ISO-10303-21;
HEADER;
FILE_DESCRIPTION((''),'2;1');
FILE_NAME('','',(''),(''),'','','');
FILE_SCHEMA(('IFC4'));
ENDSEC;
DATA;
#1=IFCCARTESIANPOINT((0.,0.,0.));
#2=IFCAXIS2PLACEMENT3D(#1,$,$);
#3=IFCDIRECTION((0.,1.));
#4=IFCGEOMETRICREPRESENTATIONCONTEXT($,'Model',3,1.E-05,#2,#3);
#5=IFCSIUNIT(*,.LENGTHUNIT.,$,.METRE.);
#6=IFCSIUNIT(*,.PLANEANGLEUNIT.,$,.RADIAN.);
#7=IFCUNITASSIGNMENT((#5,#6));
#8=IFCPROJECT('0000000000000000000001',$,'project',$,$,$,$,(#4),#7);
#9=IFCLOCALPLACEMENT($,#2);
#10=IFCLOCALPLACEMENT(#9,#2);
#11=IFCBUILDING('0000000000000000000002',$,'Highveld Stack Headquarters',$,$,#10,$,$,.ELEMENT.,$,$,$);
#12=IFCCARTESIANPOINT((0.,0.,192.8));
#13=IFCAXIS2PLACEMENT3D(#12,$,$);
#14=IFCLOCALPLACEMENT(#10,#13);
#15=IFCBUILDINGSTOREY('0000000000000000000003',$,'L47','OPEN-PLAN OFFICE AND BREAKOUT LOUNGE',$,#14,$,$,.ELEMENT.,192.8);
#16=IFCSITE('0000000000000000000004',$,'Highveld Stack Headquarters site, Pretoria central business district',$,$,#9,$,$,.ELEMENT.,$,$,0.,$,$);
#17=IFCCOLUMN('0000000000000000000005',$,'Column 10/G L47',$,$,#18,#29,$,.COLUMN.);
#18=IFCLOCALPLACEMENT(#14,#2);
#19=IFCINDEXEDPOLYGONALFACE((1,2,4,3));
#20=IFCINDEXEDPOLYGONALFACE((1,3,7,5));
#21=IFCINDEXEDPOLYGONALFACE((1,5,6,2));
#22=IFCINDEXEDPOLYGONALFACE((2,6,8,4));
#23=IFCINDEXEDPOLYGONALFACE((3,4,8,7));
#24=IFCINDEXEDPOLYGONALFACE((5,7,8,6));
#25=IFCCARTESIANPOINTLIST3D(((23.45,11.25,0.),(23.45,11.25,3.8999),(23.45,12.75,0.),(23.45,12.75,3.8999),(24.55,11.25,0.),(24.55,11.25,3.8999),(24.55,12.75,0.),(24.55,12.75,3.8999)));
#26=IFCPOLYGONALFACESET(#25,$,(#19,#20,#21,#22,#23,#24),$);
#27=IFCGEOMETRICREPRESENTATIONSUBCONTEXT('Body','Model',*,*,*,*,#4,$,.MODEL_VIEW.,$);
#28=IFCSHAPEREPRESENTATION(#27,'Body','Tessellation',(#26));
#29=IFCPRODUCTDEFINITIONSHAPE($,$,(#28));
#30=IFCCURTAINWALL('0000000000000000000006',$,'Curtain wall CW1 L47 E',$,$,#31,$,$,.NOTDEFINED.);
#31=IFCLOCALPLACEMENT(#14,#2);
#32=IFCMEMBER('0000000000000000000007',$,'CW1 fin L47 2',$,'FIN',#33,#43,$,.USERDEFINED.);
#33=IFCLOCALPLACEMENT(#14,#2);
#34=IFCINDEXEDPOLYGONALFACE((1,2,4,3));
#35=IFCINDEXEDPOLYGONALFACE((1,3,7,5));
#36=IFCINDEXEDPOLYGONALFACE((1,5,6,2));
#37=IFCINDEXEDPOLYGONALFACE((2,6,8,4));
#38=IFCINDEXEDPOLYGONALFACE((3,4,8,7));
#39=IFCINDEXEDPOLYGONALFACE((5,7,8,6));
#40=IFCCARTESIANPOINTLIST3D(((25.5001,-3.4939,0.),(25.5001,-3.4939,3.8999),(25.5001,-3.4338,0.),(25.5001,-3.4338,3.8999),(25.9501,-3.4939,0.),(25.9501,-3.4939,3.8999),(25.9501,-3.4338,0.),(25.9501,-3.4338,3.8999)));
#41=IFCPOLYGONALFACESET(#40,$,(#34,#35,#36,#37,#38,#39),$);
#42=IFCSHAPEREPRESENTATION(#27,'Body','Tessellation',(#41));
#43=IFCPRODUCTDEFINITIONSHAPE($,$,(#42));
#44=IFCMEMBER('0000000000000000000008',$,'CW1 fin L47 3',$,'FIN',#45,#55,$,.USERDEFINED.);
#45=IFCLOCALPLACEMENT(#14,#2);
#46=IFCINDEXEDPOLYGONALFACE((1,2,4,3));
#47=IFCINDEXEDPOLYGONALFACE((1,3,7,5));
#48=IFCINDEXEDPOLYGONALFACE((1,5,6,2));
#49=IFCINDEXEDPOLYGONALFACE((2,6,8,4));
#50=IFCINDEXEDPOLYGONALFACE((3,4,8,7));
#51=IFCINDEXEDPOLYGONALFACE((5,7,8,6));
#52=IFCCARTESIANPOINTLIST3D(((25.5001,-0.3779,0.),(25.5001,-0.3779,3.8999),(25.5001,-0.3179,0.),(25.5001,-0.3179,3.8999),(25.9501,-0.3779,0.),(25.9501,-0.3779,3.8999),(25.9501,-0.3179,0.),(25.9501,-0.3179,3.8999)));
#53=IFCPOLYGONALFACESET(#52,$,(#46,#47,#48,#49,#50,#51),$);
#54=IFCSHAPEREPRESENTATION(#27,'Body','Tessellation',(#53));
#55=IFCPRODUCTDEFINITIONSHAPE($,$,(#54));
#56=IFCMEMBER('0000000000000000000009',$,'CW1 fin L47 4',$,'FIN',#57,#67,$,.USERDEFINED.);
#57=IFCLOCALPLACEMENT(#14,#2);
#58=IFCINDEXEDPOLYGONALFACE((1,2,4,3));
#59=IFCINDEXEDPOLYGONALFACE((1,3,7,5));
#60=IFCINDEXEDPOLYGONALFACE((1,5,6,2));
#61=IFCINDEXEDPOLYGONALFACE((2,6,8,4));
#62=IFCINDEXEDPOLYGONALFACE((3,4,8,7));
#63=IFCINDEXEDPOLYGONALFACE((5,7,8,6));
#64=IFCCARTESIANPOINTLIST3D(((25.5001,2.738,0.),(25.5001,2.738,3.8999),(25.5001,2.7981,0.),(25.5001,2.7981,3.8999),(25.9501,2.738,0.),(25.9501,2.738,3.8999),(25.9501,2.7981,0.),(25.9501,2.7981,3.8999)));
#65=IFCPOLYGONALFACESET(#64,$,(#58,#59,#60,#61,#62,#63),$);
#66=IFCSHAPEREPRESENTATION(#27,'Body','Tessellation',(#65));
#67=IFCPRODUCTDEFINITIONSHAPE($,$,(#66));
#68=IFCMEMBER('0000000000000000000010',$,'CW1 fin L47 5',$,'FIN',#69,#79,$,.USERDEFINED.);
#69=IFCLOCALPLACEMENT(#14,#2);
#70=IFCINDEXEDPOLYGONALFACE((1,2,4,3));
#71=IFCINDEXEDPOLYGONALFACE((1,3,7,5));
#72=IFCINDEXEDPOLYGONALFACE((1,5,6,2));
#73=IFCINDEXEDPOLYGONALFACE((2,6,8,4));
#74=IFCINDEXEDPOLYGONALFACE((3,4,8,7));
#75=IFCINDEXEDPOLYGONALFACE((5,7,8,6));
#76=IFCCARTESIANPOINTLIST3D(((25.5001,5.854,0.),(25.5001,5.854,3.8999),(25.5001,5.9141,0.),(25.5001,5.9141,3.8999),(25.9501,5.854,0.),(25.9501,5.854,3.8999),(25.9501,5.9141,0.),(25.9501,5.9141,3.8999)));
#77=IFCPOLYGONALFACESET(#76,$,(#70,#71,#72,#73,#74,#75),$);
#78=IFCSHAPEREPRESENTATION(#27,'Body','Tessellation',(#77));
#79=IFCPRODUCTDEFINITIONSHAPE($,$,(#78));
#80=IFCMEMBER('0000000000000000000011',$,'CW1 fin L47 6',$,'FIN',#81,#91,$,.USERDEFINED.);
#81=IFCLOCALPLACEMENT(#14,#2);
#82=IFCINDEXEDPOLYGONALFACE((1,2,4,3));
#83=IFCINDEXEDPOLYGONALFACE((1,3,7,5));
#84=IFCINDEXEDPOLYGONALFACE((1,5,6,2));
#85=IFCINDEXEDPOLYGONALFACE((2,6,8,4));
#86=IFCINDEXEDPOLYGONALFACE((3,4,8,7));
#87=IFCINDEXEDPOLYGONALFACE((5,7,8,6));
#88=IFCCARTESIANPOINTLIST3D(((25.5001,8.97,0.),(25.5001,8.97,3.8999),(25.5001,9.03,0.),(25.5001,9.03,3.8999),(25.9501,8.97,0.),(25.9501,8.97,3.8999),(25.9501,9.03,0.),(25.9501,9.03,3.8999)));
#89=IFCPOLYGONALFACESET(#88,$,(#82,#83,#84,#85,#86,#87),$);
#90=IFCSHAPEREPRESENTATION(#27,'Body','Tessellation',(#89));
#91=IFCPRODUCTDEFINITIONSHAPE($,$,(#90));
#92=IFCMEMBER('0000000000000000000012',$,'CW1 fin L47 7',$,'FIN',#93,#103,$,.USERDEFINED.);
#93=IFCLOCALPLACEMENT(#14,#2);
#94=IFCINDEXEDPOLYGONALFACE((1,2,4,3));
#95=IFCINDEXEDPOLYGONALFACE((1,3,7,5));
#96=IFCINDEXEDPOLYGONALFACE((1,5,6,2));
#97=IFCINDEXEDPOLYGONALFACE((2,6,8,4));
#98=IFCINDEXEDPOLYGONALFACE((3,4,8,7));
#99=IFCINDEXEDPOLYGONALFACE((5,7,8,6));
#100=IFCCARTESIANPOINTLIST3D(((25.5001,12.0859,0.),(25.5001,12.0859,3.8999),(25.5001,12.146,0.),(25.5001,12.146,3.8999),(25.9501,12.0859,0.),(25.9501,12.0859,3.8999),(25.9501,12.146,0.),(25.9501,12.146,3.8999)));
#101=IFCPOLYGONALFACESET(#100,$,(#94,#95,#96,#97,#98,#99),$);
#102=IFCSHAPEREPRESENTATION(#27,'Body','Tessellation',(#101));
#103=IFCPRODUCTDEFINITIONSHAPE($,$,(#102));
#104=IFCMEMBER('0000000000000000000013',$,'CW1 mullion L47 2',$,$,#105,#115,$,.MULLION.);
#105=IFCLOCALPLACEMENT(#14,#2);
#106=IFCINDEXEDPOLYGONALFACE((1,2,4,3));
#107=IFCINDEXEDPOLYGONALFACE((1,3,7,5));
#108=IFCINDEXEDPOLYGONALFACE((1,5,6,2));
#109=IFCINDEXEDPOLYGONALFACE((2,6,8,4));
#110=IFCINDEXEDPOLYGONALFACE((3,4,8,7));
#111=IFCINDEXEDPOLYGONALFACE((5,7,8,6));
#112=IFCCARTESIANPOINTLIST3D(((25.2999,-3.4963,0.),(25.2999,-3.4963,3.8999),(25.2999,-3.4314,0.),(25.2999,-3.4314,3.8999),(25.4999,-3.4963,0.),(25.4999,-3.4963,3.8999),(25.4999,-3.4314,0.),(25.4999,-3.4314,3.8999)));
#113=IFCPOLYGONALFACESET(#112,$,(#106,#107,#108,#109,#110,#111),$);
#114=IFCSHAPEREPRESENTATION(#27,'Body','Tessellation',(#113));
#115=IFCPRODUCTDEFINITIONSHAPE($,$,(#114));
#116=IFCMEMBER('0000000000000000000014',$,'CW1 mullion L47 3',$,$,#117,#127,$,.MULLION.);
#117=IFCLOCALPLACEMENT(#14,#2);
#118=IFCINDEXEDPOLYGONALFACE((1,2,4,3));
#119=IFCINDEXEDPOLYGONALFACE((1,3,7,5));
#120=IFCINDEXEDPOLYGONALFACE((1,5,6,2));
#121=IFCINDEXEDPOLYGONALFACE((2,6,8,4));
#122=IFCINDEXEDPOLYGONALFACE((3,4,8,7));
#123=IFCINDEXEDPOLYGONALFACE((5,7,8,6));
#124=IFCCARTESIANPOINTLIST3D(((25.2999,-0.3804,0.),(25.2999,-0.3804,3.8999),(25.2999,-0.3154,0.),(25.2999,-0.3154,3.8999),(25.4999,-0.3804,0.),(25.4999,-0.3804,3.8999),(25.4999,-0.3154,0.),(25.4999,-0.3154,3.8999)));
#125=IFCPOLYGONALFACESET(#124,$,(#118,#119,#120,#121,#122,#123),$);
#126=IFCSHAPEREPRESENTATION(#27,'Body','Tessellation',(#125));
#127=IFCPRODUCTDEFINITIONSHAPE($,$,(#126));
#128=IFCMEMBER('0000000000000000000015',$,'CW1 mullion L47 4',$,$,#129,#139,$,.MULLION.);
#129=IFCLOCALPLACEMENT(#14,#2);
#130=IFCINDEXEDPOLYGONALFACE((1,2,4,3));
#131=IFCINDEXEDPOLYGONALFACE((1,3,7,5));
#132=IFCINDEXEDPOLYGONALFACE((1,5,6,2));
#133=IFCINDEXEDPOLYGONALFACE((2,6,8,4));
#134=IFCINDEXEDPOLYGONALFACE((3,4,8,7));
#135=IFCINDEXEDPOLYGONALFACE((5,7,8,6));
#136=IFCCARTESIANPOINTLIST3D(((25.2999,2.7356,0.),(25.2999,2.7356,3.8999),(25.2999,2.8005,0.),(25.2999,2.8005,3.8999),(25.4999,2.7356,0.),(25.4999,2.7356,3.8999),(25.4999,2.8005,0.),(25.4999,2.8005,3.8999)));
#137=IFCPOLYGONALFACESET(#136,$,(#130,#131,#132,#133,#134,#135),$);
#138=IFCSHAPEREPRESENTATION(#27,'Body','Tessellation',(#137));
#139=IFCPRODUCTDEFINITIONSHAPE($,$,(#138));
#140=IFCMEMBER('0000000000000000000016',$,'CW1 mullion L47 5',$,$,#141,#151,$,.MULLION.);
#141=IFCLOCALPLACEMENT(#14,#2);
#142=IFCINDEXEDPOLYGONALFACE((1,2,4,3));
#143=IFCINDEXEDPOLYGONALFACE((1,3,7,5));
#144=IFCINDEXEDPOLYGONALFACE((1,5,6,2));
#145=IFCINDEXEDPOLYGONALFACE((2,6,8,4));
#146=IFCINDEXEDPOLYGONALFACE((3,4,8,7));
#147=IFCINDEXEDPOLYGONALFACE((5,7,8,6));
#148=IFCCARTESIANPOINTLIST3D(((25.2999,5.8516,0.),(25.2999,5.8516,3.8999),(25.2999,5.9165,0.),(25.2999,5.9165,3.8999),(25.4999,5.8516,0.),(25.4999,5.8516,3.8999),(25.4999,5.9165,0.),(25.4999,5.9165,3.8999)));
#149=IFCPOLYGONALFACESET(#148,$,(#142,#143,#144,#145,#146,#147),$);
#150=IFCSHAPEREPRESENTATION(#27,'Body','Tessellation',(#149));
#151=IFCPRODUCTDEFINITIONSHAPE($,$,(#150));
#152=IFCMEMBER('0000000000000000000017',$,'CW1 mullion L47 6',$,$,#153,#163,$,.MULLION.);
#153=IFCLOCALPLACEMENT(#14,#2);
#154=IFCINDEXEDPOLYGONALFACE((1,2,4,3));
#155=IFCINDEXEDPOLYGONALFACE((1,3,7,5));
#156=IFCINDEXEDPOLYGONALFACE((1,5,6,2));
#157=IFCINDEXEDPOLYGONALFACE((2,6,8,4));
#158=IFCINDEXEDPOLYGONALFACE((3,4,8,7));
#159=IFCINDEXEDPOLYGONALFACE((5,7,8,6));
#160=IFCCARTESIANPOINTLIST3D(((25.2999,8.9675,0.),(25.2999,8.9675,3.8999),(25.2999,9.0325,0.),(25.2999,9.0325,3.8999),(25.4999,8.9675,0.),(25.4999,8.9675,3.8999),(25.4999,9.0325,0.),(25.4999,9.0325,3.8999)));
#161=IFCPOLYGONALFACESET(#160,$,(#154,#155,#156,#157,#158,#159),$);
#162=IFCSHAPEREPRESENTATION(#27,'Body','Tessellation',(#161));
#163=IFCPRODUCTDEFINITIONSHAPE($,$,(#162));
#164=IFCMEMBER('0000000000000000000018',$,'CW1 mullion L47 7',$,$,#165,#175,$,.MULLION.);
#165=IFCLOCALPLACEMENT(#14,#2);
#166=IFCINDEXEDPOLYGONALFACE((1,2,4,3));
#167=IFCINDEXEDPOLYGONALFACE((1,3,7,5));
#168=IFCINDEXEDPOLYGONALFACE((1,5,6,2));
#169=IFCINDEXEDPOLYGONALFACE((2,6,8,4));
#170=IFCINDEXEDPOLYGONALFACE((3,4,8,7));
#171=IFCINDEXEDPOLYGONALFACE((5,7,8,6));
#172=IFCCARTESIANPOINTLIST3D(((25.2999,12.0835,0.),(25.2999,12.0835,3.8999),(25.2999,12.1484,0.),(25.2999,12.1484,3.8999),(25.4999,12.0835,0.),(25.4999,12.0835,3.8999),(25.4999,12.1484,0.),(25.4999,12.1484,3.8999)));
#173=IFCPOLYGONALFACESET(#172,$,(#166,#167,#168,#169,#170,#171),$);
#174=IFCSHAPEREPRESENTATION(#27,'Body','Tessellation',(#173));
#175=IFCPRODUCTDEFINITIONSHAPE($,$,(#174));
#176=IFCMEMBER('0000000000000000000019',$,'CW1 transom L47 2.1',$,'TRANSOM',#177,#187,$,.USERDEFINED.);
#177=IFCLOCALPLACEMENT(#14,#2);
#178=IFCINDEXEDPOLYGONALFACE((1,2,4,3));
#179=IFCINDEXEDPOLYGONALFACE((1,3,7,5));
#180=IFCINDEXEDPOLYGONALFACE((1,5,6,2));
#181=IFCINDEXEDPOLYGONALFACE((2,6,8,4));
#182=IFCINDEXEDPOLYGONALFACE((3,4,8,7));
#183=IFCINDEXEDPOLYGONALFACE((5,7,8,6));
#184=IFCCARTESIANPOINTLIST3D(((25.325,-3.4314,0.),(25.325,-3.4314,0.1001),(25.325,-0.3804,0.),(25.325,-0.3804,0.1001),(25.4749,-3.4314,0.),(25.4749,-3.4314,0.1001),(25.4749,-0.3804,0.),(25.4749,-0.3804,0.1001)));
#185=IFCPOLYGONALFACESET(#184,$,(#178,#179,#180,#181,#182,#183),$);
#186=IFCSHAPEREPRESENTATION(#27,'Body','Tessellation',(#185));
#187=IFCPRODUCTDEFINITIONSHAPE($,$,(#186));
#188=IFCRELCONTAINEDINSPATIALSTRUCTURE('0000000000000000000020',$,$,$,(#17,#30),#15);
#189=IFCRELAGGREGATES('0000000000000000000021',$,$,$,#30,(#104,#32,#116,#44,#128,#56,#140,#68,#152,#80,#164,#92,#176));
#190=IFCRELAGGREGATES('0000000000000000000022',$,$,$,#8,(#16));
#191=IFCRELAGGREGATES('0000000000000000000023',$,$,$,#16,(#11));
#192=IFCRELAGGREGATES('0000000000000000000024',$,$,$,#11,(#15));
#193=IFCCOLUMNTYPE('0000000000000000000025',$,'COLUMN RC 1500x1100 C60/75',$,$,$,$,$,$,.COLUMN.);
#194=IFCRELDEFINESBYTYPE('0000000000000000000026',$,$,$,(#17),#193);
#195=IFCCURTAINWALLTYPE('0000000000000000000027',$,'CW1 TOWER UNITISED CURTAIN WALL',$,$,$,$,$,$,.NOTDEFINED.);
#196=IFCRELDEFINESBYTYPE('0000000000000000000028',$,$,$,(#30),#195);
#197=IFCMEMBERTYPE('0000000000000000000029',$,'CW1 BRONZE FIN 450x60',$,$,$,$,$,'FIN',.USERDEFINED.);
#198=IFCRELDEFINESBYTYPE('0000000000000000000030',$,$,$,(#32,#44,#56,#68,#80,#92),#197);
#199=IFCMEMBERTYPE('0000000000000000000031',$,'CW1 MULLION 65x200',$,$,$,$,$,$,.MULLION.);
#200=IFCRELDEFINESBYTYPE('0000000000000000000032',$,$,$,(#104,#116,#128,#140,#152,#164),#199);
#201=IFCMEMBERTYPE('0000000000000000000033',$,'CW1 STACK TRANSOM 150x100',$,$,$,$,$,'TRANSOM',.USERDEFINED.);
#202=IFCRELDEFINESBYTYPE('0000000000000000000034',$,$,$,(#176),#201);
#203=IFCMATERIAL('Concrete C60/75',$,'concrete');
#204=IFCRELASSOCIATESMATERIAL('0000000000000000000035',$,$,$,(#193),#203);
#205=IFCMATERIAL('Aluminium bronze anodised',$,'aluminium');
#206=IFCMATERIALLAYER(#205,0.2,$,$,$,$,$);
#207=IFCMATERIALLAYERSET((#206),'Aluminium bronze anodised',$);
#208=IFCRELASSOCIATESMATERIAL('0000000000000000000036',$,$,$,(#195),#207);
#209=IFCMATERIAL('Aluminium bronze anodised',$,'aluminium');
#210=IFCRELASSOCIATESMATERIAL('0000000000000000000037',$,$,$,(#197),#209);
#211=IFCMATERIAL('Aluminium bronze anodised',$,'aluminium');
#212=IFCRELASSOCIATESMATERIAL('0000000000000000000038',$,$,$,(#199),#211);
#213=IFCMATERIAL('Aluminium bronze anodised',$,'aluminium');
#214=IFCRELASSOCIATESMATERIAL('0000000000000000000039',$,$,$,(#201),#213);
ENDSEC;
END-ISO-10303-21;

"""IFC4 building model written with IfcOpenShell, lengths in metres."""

from ifc_helpers import new_model, si_unit, direction, frame, origin, origin_2d, place, context, subcontext, project, spatial, rectangle, extrude, material, layer, layer_set, material_profile, profile_set, type_object, element, aggregate, save


model = new_model("IFC4")

# Units and contexts
model_context = context("Model", 3, precision=1e-05, world=origin(), true_north=direction((0.0, 1.0)))
body_context = subcontext(model_context, "Body", "Model", "MODEL_VIEW")
ifc_project = project(units=[si_unit("LENGTHUNIT", "METRE"), si_unit("PLANEANGLEUNIT", "RADIAN")], contexts=[model_context])

# Site, building, storey
site_placement = place(None, origin())
site = spatial("IfcSite", under=ifc_project, at=site_placement, Name="Highveld Stack Headquarters site, Pretoria central business district", CompositionType="ELEMENT", RefElevation=0.0)
building_placement = place(site_placement, origin())
building = spatial("IfcBuilding", under=site, at=building_placement, Name="Highveld Stack Headquarters", CompositionType="ELEMENT")
storey_placement = place(building_placement, frame((0.0, 0.0, 192.8)))
storey = spatial("IfcBuildingStorey", under=building, at=storey_placement, Name="L47", Description="OPEN-PLAN OFFICE AND BREAKOUT LOUNGE", CompositionType="ELEMENT", Elevation=192.8)

# Column
ifc_material_1 = material(Name="Concrete C60/75", Category="concrete")
ifc_material_profile_1 = material_profile(ifc_material_1, rectangle(XDim=1.5, YDim=1.1001, at=origin_2d()), Name="RC 1500x1100")
ifc_profile_set_1 = profile_set([ifc_material_profile_1], Name="Concrete C60/75")
column_type = type_object("IfcColumnType", Name="COLUMN RC 1500x1100 C60/75", PredefinedType="COLUMN", material=ifc_profile_set_1)
column_placement = place(storey_placement, frame((24.0, 12.0, 0.0), z_axis=(0.0, 0.0, 1.0), x_axis=(0.0, 1.0, 0.0)))
element("IfcColumn", 1, at=column_placement, inside=storey, type_object=column_type, Name="Column 10/G L47", PredefinedType="COLUMN", context=body_context, shape_type="SweptSolid", body=[
    extrude(rectangle(XDim=1.5, YDim=1.1001, at=origin_2d()), origin(), (0.0, 0.0, 1.0), 3.8999),
])

# Curtain wall, members
ifc_material_2 = material(Name="Aluminium bronze anodised", Category="aluminium")
ifc_layer_1 = layer(ifc_material_2, 0.2)
ifc_layer_set_1 = layer_set([ifc_layer_1], Name="Aluminium bronze anodised")
curtain_wall_type = type_object("IfcCurtainWallType", Name="CW1 TOWER UNITISED CURTAIN WALL", PredefinedType="NOTDEFINED", material=ifc_layer_set_1)
curtain_wall_placement = place(storey_placement, origin())
curtain_wall = element("IfcCurtainWall", 2, at=curtain_wall_placement, inside=storey, type_object=curtain_wall_type, Name="Curtain wall CW1 L47 E", PredefinedType="NOTDEFINED")
ifc_material_3 = material(Name="Aluminium bronze anodised", Category="aluminium")
ifc_material_profile_2 = material_profile(ifc_material_3, rectangle(XDim=0.45, YDim=0.0601, at=origin_2d()), Name="FIN 450x60")
ifc_profile_set_2 = profile_set([ifc_material_profile_2], Name="Aluminium bronze anodised")
member_type_1 = type_object("IfcMemberType", Name="CW1 BRONZE FIN 450x60", ElementType="FIN", PredefinedType="USERDEFINED", material=ifc_profile_set_2)
member_1_placement = place(storey_placement, frame((25.7251, -3.4639, 0.0), z_axis=(0.0, 0.0, 1.0), x_axis=(-1.0, 0.0, 0.0)))
member_1 = element("IfcMember", 3, at=member_1_placement, type_object=member_type_1, Name="CW1 fin L47 2", ObjectType="FIN", PredefinedType="USERDEFINED", context=body_context, shape_type="SweptSolid", body=[
    extrude(rectangle(XDim=0.45, YDim=0.0601, at=origin_2d()), origin(), (0.0, 0.0, 1.0), 3.8999),
])
member_2_placement = place(storey_placement, frame((25.7251, -0.3479, 0.0), z_axis=(0.0, 0.0, 1.0), x_axis=(-1.0, 0.0, 0.0)))
member_2 = element("IfcMember", 4, at=member_2_placement, type_object=member_type_1, Name="CW1 fin L47 3", ObjectType="FIN", PredefinedType="USERDEFINED", context=body_context, shape_type="SweptSolid", body=[
    extrude(rectangle(XDim=0.45, YDim=0.0601, at=origin_2d()), origin(), (0.0, 0.0, 1.0), 3.8999),
])
member_3_placement = place(storey_placement, frame((25.7251, 2.7681, 0.0), z_axis=(0.0, 0.0, 1.0), x_axis=(-1.0, 0.0, 0.0)))
member_3 = element("IfcMember", 5, at=member_3_placement, type_object=member_type_1, Name="CW1 fin L47 4", ObjectType="FIN", PredefinedType="USERDEFINED", context=body_context, shape_type="SweptSolid", body=[
    extrude(rectangle(XDim=0.45, YDim=0.0601, at=origin_2d()), origin(), (0.0, 0.0, 1.0), 3.8999),
])
member_4_placement = place(storey_placement, frame((25.7251, 5.884, 0.0), z_axis=(0.0, 0.0, 1.0), x_axis=(-1.0, 0.0, 0.0)))
member_4 = element("IfcMember", 6, at=member_4_placement, type_object=member_type_1, Name="CW1 fin L47 5", ObjectType="FIN", PredefinedType="USERDEFINED", context=body_context, shape_type="SweptSolid", body=[
    extrude(rectangle(XDim=0.45, YDim=0.0601, at=origin_2d()), origin(), (0.0, 0.0, 1.0), 3.8999),
])
member_5_placement = place(storey_placement, frame((25.7251, 9.0, 0.0), z_axis=(0.0, 0.0, 1.0), x_axis=(-1.0, 0.0, 0.0)))
member_5 = element("IfcMember", 7, at=member_5_placement, type_object=member_type_1, Name="CW1 fin L47 6", ObjectType="FIN", PredefinedType="USERDEFINED", context=body_context, shape_type="SweptSolid", body=[
    extrude(rectangle(XDim=0.45, YDim=0.0601, at=origin_2d()), origin(), (0.0, 0.0, 1.0), 3.8999),
])
member_6_placement = place(storey_placement, frame((25.7251, 12.116, 0.0), z_axis=(0.0, 0.0, 1.0), x_axis=(-1.0, 0.0, 0.0)))
member_6 = element("IfcMember", 8, at=member_6_placement, type_object=member_type_1, Name="CW1 fin L47 7", ObjectType="FIN", PredefinedType="USERDEFINED", context=body_context, shape_type="SweptSolid", body=[
    extrude(rectangle(XDim=0.45, YDim=0.0601, at=origin_2d()), origin(), (0.0, 0.0, 1.0), 3.8999),
])
ifc_material_4 = material(Name="Aluminium bronze anodised", Category="aluminium")
ifc_material_profile_3 = material_profile(ifc_material_4, rectangle(XDim=0.2, YDim=0.0649, at=origin_2d()), Name="CW1 MULLION 65x200")
ifc_profile_set_3 = profile_set([ifc_material_profile_3], Name="Aluminium bronze anodised")
member_type_2 = type_object("IfcMemberType", Name="CW1 MULLION 65x200", PredefinedType="MULLION", material=ifc_profile_set_3)
member_7_placement = place(storey_placement, frame((25.3999, -3.4639, 0.0), z_axis=(0.0, 0.0, 1.0), x_axis=(-1.0, 0.0, 0.0)))
member_7 = element("IfcMember", 9, at=member_7_placement, type_object=member_type_2, Name="CW1 mullion L47 2", PredefinedType="MULLION", context=body_context, shape_type="SweptSolid", body=[
    extrude(rectangle(XDim=0.2, YDim=0.0649, at=origin_2d()), origin(), (0.0, 0.0, 1.0), 3.8999),
])
member_8_placement = place(storey_placement, frame((25.3999, -0.3479, 0.0), z_axis=(0.0, 0.0, 1.0), x_axis=(-1.0, 0.0, 0.0)))
member_8 = element("IfcMember", 10, at=member_8_placement, type_object=member_type_2, Name="CW1 mullion L47 3", PredefinedType="MULLION", context=body_context, shape_type="SweptSolid", body=[
    extrude(rectangle(XDim=0.2, YDim=0.0649, at=origin_2d()), origin(), (0.0, 0.0, 1.0), 3.8999),
])
member_9_placement = place(storey_placement, frame((25.3999, 2.7681, 0.0), z_axis=(0.0, 0.0, 1.0), x_axis=(-1.0, 0.0, 0.0)))
member_9 = element("IfcMember", 11, at=member_9_placement, type_object=member_type_2, Name="CW1 mullion L47 4", PredefinedType="MULLION", context=body_context, shape_type="SweptSolid", body=[
    extrude(rectangle(XDim=0.2, YDim=0.0649, at=origin_2d()), origin(), (0.0, 0.0, 1.0), 3.8999),
])
member_10_placement = place(storey_placement, frame((25.3999, 5.884, 0.0), z_axis=(0.0, 0.0, 1.0), x_axis=(-1.0, 0.0, 0.0)))
member_10 = element("IfcMember", 12, at=member_10_placement, type_object=member_type_2, Name="CW1 mullion L47 5", PredefinedType="MULLION", context=body_context, shape_type="SweptSolid", body=[
    extrude(rectangle(XDim=0.2, YDim=0.0649, at=origin_2d()), origin(), (0.0, 0.0, 1.0), 3.8999),
])
member_11_placement = place(storey_placement, frame((25.3999, 9.0, 0.0), z_axis=(0.0, 0.0, 1.0), x_axis=(-1.0, 0.0, 0.0)))
member_11 = element("IfcMember", 13, at=member_11_placement, type_object=member_type_2, Name="CW1 mullion L47 6", PredefinedType="MULLION", context=body_context, shape_type="SweptSolid", body=[
    extrude(rectangle(XDim=0.2, YDim=0.0649, at=origin_2d()), origin(), (0.0, 0.0, 1.0), 3.8999),
])
member_12_placement = place(storey_placement, frame((25.3999, 12.116, 0.0), z_axis=(0.0, 0.0, 1.0), x_axis=(-1.0, 0.0, 0.0)))
member_12 = element("IfcMember", 14, at=member_12_placement, type_object=member_type_2, Name="CW1 mullion L47 7", PredefinedType="MULLION", context=body_context, shape_type="SweptSolid", body=[
    extrude(rectangle(XDim=0.2, YDim=0.0649, at=origin_2d()), origin(), (0.0, 0.0, 1.0), 3.8999),
])
ifc_material_5 = material(Name="Aluminium bronze anodised", Category="aluminium")
ifc_material_profile_4 = material_profile(ifc_material_5, rectangle(XDim=0.1499, YDim=0.1001, at=origin_2d()), Name="CW1 TRANSOM 150x100")
ifc_profile_set_4 = profile_set([ifc_material_profile_4], Name="Aluminium bronze anodised")
member_type_3 = type_object("IfcMemberType", Name="CW1 STACK TRANSOM 150x100", ElementType="TRANSOM", PredefinedType="USERDEFINED", material=ifc_profile_set_4)
member_13_placement = place(storey_placement, frame((25.3999, -3.4314, 0.05), z_axis=(0.0, 1.0, 0.0), x_axis=(-1.0, 0.0, 0.0)))
member_13 = element("IfcMember", 15, at=member_13_placement, type_object=member_type_3, Name="CW1 transom L47 2.1", ObjectType="TRANSOM", PredefinedType="USERDEFINED", context=body_context, shape_type="SweptSolid", body=[
    extrude(rectangle(XDim=0.1499, YDim=0.1001, at=origin_2d()), origin(), (0.0, 0.0, 1.0), 3.051),
])
aggregate(curtain_wall, [member_7, member_1, member_8, member_2, member_9, member_3, member_10, member_4, member_11, member_5, member_12, member_6, member_13])

save(model, "model.ifc")
